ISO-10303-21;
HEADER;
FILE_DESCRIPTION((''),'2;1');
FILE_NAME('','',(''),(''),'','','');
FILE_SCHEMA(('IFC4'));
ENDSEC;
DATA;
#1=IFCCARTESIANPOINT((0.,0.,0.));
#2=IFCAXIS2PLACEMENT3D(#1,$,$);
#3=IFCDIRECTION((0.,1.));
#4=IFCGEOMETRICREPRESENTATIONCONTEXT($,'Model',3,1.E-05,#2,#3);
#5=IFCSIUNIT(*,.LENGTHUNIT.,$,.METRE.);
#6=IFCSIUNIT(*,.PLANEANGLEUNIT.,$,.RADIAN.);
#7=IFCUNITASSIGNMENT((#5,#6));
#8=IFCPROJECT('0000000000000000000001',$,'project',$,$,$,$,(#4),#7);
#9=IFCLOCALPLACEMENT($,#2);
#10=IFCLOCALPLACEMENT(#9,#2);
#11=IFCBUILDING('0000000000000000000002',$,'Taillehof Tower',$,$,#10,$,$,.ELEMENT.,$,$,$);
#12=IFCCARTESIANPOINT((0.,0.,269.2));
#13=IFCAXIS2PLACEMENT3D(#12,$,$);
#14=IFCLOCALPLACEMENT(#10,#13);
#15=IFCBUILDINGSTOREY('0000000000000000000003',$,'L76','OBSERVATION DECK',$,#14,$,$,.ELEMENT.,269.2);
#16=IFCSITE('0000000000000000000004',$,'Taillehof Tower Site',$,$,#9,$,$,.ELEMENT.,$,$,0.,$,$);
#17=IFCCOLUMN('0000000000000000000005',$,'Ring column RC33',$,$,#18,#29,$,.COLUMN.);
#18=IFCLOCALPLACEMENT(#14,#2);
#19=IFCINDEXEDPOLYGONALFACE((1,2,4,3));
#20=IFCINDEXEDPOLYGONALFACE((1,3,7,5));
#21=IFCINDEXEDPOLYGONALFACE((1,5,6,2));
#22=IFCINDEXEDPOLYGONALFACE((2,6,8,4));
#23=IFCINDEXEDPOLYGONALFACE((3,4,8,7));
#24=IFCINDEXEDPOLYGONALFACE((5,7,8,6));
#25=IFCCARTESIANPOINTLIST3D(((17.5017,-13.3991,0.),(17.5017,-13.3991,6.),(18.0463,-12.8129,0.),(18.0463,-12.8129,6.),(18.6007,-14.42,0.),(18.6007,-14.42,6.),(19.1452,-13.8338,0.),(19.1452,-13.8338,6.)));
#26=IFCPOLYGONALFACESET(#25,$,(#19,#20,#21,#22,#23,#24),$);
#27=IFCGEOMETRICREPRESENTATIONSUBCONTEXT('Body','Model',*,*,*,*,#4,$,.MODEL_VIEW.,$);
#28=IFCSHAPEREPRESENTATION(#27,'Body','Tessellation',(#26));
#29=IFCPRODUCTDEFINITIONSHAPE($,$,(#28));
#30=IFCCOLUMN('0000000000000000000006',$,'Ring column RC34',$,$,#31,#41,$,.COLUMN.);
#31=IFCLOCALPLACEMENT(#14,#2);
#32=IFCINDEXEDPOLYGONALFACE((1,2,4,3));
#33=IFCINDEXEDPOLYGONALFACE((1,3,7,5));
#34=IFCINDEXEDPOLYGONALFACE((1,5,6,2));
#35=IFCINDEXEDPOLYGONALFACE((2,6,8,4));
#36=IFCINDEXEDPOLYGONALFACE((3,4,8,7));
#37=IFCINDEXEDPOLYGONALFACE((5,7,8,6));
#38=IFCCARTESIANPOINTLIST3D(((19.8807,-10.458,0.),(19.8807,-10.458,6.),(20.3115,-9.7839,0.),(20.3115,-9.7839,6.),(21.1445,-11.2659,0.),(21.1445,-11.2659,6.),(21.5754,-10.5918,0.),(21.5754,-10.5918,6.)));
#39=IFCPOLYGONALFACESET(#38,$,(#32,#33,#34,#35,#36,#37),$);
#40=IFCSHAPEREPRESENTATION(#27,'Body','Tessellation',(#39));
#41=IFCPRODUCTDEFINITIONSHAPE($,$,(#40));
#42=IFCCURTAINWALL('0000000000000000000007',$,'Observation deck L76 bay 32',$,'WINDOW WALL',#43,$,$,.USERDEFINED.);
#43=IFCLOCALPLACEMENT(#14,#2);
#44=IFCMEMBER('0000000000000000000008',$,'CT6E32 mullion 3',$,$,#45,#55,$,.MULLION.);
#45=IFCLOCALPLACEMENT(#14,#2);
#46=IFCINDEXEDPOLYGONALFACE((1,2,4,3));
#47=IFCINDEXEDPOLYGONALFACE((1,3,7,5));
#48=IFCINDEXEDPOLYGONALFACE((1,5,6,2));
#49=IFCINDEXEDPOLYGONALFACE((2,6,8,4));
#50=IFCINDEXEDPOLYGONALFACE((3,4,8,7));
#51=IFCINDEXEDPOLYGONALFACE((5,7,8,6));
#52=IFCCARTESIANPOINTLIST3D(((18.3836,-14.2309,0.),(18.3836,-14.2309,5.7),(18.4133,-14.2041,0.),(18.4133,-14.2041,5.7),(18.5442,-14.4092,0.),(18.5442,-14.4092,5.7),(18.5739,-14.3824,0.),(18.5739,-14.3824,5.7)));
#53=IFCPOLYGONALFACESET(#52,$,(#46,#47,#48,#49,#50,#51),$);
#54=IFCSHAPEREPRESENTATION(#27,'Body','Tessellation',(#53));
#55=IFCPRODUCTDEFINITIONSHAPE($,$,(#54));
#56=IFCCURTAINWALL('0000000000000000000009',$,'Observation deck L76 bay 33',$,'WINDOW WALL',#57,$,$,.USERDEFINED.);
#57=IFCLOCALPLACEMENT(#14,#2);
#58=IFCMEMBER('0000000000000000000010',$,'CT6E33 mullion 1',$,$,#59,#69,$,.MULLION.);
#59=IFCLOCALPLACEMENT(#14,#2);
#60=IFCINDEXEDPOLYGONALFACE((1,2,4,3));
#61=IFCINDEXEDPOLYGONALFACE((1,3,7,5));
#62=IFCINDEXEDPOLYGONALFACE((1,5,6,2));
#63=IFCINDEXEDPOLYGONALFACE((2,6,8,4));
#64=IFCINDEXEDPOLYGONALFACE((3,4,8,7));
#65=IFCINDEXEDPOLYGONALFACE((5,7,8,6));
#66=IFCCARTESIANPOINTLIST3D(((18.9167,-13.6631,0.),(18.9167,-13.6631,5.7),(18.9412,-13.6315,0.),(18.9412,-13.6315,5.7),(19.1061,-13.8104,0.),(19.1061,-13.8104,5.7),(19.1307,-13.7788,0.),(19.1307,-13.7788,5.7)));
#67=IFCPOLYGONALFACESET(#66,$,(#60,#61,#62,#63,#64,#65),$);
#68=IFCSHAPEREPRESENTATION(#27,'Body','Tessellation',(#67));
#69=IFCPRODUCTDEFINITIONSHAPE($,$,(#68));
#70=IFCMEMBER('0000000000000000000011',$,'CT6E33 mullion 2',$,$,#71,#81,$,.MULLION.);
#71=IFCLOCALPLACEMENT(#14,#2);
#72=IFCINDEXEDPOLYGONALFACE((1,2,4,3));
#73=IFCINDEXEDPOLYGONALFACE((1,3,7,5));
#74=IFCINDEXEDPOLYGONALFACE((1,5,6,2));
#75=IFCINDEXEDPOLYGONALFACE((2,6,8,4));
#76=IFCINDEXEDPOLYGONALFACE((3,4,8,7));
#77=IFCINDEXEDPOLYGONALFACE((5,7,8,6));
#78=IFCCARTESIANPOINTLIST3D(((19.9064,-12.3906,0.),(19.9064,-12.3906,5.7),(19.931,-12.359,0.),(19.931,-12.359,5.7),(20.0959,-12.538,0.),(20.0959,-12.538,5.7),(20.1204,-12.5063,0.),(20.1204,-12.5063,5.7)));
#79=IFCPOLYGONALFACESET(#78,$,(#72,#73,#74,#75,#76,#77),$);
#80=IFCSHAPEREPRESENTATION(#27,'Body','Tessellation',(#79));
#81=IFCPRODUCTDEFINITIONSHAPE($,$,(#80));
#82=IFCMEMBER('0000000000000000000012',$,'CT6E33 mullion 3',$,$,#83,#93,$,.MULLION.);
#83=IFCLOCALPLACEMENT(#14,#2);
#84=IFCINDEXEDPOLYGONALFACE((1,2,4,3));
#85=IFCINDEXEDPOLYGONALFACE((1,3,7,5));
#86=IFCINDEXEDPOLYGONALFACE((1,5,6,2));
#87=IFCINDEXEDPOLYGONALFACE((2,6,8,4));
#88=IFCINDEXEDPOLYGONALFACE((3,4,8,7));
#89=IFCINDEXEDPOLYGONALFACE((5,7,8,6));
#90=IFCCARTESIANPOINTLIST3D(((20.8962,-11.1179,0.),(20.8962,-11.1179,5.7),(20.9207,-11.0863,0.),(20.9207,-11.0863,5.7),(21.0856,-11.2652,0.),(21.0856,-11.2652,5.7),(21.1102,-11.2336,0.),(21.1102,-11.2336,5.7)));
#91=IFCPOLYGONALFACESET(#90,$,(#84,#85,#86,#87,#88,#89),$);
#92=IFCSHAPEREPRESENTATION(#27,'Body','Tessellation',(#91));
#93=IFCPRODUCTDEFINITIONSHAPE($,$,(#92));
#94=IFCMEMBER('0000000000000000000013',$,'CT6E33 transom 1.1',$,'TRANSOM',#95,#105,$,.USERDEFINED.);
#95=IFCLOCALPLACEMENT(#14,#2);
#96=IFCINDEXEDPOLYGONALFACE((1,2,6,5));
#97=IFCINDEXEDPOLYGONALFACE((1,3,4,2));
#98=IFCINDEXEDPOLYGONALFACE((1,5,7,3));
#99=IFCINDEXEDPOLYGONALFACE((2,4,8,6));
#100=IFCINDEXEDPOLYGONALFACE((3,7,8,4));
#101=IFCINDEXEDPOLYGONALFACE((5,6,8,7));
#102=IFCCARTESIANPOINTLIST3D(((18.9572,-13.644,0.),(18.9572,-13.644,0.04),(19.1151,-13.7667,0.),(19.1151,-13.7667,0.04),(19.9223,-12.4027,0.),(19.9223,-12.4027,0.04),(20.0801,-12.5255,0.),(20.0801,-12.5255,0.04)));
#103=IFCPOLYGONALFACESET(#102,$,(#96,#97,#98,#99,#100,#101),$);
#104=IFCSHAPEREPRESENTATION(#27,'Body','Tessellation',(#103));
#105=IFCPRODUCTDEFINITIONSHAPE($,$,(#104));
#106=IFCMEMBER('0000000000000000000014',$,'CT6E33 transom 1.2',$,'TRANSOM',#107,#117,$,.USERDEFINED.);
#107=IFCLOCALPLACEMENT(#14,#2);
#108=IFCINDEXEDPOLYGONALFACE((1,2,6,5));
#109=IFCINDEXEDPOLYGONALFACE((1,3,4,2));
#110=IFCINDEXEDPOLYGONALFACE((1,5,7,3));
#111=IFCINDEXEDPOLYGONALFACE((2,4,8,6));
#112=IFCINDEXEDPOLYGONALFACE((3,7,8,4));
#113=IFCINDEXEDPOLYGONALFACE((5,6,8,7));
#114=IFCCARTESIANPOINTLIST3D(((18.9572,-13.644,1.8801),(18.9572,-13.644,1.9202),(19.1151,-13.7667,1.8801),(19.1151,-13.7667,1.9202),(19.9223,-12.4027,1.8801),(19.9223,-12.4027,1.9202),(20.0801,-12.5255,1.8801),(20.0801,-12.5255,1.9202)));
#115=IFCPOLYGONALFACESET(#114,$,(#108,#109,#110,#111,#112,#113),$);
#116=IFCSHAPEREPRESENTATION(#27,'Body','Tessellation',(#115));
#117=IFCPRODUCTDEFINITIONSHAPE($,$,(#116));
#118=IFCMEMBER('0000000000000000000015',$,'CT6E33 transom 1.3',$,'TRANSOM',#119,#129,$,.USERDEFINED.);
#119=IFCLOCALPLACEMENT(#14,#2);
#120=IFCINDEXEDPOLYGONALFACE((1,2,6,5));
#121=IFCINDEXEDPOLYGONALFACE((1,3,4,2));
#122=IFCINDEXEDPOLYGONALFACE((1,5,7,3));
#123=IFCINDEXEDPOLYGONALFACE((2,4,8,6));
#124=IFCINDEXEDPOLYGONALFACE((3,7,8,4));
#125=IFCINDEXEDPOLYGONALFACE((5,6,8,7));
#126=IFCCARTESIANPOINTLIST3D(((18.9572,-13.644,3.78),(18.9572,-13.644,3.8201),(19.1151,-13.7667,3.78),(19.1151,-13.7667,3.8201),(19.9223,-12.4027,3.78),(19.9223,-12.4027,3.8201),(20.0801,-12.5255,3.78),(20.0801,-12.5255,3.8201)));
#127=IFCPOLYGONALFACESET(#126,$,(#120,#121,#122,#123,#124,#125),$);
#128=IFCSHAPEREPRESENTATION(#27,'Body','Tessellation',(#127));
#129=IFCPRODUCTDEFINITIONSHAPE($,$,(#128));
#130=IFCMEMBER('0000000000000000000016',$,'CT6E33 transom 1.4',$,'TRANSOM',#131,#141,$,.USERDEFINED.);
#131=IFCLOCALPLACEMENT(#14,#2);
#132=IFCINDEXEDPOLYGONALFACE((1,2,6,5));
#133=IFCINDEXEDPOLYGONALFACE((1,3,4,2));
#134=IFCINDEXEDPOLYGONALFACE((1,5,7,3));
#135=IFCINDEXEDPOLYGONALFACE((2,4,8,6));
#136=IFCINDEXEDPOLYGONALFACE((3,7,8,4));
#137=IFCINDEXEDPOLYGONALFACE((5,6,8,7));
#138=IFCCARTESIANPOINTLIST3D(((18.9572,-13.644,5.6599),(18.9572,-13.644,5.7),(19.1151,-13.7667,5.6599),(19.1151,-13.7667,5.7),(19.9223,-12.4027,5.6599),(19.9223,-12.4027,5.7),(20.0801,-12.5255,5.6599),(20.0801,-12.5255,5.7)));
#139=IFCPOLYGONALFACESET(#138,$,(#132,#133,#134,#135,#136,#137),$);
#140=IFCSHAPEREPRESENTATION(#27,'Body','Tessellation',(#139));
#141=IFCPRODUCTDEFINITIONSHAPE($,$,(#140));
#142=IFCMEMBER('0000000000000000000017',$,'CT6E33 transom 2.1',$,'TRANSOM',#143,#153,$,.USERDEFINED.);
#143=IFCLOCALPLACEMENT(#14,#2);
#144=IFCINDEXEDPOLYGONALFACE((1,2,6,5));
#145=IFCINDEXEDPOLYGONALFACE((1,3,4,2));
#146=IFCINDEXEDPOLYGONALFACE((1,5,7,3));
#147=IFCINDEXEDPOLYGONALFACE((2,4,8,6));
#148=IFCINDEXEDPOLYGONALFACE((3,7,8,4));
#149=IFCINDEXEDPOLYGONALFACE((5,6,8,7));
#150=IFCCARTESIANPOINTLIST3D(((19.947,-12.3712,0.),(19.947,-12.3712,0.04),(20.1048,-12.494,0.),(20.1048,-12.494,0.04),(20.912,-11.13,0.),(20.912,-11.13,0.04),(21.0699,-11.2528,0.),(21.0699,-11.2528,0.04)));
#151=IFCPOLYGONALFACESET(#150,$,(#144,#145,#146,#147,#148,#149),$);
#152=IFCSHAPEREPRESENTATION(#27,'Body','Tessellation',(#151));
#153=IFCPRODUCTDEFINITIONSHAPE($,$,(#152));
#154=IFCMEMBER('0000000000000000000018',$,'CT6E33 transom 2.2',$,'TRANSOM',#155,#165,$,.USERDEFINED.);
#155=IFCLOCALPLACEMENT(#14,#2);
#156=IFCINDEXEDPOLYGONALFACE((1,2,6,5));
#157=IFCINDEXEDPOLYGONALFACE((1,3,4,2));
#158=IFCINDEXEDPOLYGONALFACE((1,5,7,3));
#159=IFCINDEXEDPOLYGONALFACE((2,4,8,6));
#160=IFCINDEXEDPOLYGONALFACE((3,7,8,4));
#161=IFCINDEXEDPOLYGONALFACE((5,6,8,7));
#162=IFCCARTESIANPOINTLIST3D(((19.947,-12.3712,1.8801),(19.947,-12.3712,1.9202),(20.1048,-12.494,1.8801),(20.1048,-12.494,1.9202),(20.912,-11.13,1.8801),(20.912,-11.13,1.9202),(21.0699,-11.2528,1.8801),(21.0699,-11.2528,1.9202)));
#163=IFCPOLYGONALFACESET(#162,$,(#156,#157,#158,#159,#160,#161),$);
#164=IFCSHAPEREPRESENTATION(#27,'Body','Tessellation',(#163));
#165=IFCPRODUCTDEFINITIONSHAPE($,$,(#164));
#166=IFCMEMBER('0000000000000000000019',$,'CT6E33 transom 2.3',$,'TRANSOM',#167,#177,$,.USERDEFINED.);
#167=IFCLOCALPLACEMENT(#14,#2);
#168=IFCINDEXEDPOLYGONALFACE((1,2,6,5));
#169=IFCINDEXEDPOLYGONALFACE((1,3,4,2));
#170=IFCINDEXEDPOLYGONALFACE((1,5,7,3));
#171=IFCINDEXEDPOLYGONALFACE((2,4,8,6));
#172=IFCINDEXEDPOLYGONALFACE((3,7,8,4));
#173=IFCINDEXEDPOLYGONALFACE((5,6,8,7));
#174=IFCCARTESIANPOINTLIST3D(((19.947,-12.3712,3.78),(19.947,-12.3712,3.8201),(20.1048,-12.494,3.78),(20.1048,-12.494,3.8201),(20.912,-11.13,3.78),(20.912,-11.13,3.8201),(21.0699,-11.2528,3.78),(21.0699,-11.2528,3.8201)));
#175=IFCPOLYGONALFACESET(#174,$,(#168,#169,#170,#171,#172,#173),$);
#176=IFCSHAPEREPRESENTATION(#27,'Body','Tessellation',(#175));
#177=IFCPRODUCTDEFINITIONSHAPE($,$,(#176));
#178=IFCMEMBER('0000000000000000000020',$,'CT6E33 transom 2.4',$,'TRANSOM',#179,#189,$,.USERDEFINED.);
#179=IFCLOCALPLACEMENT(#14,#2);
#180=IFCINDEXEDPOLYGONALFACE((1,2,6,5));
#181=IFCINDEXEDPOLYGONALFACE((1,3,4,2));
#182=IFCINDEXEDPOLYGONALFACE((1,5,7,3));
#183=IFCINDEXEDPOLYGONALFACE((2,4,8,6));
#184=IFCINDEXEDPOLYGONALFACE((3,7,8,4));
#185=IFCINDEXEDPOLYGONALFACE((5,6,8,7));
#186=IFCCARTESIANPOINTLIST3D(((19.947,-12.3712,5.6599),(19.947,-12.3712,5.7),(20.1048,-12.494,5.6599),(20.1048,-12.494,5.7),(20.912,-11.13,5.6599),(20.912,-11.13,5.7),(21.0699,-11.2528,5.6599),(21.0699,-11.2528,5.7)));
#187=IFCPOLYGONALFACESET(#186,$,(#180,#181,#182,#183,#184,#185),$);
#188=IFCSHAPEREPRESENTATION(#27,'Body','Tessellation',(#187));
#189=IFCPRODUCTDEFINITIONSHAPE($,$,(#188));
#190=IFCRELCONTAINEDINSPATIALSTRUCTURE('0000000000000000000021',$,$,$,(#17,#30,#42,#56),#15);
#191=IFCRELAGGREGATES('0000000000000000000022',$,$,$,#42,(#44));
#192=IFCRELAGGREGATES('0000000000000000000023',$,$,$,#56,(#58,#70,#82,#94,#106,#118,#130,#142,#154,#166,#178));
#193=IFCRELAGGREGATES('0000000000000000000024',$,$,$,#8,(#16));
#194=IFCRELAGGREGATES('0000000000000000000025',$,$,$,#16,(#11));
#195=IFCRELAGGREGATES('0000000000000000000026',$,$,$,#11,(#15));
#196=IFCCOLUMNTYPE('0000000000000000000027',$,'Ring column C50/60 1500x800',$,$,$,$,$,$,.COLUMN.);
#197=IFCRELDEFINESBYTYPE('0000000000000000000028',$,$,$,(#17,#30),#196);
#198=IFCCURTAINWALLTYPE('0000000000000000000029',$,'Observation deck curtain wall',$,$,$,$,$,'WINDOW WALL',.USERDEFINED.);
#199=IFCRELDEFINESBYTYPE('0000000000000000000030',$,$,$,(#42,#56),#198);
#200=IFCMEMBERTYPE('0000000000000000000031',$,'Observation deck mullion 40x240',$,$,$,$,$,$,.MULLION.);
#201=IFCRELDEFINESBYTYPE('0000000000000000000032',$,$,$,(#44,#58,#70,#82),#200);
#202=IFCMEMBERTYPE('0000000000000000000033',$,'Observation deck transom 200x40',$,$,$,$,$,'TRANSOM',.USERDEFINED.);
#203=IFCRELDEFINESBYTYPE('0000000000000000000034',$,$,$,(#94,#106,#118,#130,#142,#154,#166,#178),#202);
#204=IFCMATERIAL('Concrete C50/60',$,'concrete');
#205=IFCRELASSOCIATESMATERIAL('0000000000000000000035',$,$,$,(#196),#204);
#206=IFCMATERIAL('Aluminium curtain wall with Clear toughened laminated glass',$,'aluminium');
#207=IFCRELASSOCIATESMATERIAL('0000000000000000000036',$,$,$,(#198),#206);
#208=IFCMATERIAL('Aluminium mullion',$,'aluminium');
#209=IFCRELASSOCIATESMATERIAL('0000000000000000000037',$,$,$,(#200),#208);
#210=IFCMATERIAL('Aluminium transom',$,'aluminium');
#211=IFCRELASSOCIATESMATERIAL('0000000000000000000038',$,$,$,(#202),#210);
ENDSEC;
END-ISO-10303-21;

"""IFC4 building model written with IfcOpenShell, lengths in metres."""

from ifc_helpers import new_model, si_unit, direction, frame, origin, origin_2d, place, context, subcontext, project, spatial, rectangle, extrude, material, material_profile, profile_set, type_object, element, aggregate, save


model = new_model("IFC4")

# Units and contexts
model_context = context("Model", 3, precision=1e-05, world=origin(), true_north=direction((0.0, 1.0)))
body_context = subcontext(model_context, "Body", "Model", "MODEL_VIEW")
ifc_project = project(units=[si_unit("LENGTHUNIT", "METRE"), si_unit("PLANEANGLEUNIT", "RADIAN")], contexts=[model_context])

# Site, building, storey
site_placement = place(None, origin())
site = spatial("IfcSite", under=ifc_project, at=site_placement, Name="Taillehof Tower Site", CompositionType="ELEMENT", RefElevation=0.0)
building_placement = place(site_placement, origin())
building = spatial("IfcBuilding", under=site, at=building_placement, Name="Taillehof Tower", CompositionType="ELEMENT")
storey_placement = place(building_placement, frame((0.0, 0.0, 269.2)))
storey = spatial("IfcBuildingStorey", under=building, at=storey_placement, Name="L76", Description="OBSERVATION DECK", CompositionType="ELEMENT", Elevation=269.2)

# Columns
ifc_material_1 = material(Name="Concrete C50/60", Category="concrete")
ifc_material_profile_1 = material_profile(ifc_material_1, rectangle(XDim=1.5, YDim=0.8, at=origin_2d()), Name="RC 1500x800")
ifc_profile_set_1 = profile_set([ifc_material_profile_1], Name="Concrete C50/60")
column_type = type_object("IfcColumnType", Name="Ring column C50/60 1500x800", PredefinedType="COLUMN", material=ifc_profile_set_1)
for number, where, z_axis, x_axis, name in (
    (1, (18.3235, -13.6165, 0.0), (0.0, 0.0, 1.0), (0.732636, -0.680621, 0.0), "Ring column RC33"),
    (2, (20.728, -10.5249, 0.0), (0.0, 0.0, 1.0), (0.842574, -0.538581, 0.0), "Ring column RC34"),
):
    element("IfcColumn", number, at=place(storey_placement, frame(where, z_axis=z_axis, x_axis=x_axis)), inside=storey, type_object=column_type, Name=name, PredefinedType="COLUMN", context=body_context, shape_type="SweptSolid", body=[
        extrude(rectangle(XDim=1.5, YDim=0.8, at=origin_2d()), origin(), (0.0, 0.0, 1.0), 6.0),
    ])

# Curtain wall, member
ifc_material_2 = material(Name="Aluminium curtain wall with Clear toughened laminated glass", Category="aluminium")
curtain_wall_type = type_object("IfcCurtainWallType", Name="Observation deck curtain wall", ElementType="WINDOW WALL", PredefinedType="USERDEFINED", material=ifc_material_2)
curtain_wall_1_placement = place(storey_placement, origin())
curtain_wall_1 = element("IfcCurtainWall", 3, at=curtain_wall_1_placement, inside=storey, type_object=curtain_wall_type, Name="Observation deck L76 bay 32", ObjectType="WINDOW WALL", PredefinedType="USERDEFINED")
ifc_material_3 = material(Name="Aluminium mullion", Category="aluminium")
ifc_material_profile_2 = material_profile(ifc_material_3, rectangle(XDim=0.24, YDim=0.04, at=origin_2d()), Name="AL 40x240")
ifc_profile_set_2 = profile_set([ifc_material_profile_2], Name="Aluminium mullion")
member_type_1 = type_object("IfcMemberType", Name="Observation deck mullion 40x240", PredefinedType="MULLION", material=ifc_profile_set_2)
member_1_placement = place(storey_placement, frame((18.4788, -14.3066, 0.0), z_axis=(0.0, 0.0, 1.0), x_axis=(-0.669107, 0.743166, 0.0)))
member_1 = element("IfcMember", 4, at=member_1_placement, type_object=member_type_1, Name="CT6E32 mullion 3", PredefinedType="MULLION", context=body_context, shape_type="SweptSolid", body=[
    extrude(rectangle(XDim=0.24, YDim=0.04, at=origin_2d()), origin(), (0.0, 0.0, 1.0), 5.7),
])

# Curtain wall, members
curtain_wall_2_placement = place(storey_placement, origin())
curtain_wall_2 = element("IfcCurtainWall", 5, at=curtain_wall_2_placement, inside=storey, type_object=curtain_wall_type, Name="Observation deck L76 bay 33", ObjectType="WINDOW WALL", PredefinedType="USERDEFINED")
member_2_placement = place(storey_placement, frame((19.0237, -13.7209, 0.0), z_axis=(0.0, 0.0, 1.0), x_axis=(-0.789382, 0.613903, 0.0)))
member_2 = element("IfcMember", 6, at=member_2_placement, type_object=member_type_1, Name="CT6E33 mullion 1", PredefinedType="MULLION", context=body_context, shape_type="SweptSolid", body=[
    extrude(rectangle(XDim=0.24, YDim=0.04, at=origin_2d()), origin(), (0.0, 0.0, 1.0), 5.7),
])
member_3_placement = place(storey_placement, frame((20.0134, -12.4485, 0.0), z_axis=(0.0, 0.0, 1.0), x_axis=(-0.789382, 0.613903, 0.0)))
member_3 = element("IfcMember", 7, at=member_3_placement, type_object=member_type_1, Name="CT6E33 mullion 2", PredefinedType="MULLION", context=body_context, shape_type="SweptSolid", body=[
    extrude(rectangle(XDim=0.24, YDim=0.04, at=origin_2d()), origin(), (0.0, 0.0, 1.0), 5.7),
])
member_4_placement = place(storey_placement, frame((21.0032, -11.1758, 0.0), z_axis=(0.0, 0.0, 1.0), x_axis=(-0.789382, 0.613903, 0.0)))
member_4 = element("IfcMember", 8, at=member_4_placement, type_object=member_type_1, Name="CT6E33 mullion 3", PredefinedType="MULLION", context=body_context, shape_type="SweptSolid", body=[
    extrude(rectangle(XDim=0.24, YDim=0.04, at=origin_2d()), origin(), (0.0, 0.0, 1.0), 5.7),
])
ifc_material_4 = material(Name="Aluminium transom", Category="aluminium")
ifc_material_profile_3 = material_profile(ifc_material_4, rectangle(XDim=0.2, YDim=0.04, at=origin_2d()), Name="AL 200x40")
ifc_profile_set_3 = profile_set([ifc_material_profile_3], Name="Aluminium transom")
member_type_2 = type_object("IfcMemberType", Name="Observation deck transom 200x40", ElementType="TRANSOM", PredefinedType="USERDEFINED", material=ifc_profile_set_3)
member_5_placement = place(storey_placement, frame((19.0361, -13.7053, 0.02), z_axis=(0.613822, 0.789444, 0.0), x_axis=(-0.789444, 0.613822, 0.0)))
member_5 = element("IfcMember", 9, at=member_5_placement, type_object=member_type_2, Name="CT6E33 transom 1.1", ObjectType="TRANSOM", PredefinedType="USERDEFINED", context=body_context, shape_type="SweptSolid", body=[
    extrude(rectangle(XDim=0.2, YDim=0.04, at=origin_2d()), origin(), (0.0, 0.0, 1.0), 1.5723),
])
member_6_placement = place(storey_placement, frame((19.0361, -13.7053, 1.9001), z_axis=(0.613822, 0.789444, 0.0), x_axis=(-0.789444, 0.613822, 0.0)))
member_6 = element("IfcMember", 10, at=member_6_placement, type_object=member_type_2, Name="CT6E33 transom 1.2", ObjectType="TRANSOM", PredefinedType="USERDEFINED", context=body_context, shape_type="SweptSolid", body=[
    extrude(rectangle(XDim=0.2, YDim=0.04, at=origin_2d()), origin(), (0.0, 0.0, 1.0), 1.5723),
])
member_7_placement = place(storey_placement, frame((19.0361, -13.7053, 3.8), z_axis=(0.613822, 0.789444, 0.0), x_axis=(-0.789444, 0.613822, 0.0)))
member_7 = element("IfcMember", 11, at=member_7_placement, type_object=member_type_2, Name="CT6E33 transom 1.3", ObjectType="TRANSOM", PredefinedType="USERDEFINED", context=body_context, shape_type="SweptSolid", body=[
    extrude(rectangle(XDim=0.2, YDim=0.04, at=origin_2d()), origin(), (0.0, 0.0, 1.0), 1.5723),
])
member_8_placement = place(storey_placement, frame((19.0361, -13.7053, 5.6799), z_axis=(0.613822, 0.789444, 0.0), x_axis=(-0.789444, 0.613822, 0.0)))
member_8 = element("IfcMember", 12, at=member_8_placement, type_object=member_type_2, Name="CT6E33 transom 1.4", ObjectType="TRANSOM", PredefinedType="USERDEFINED", context=body_context, shape_type="SweptSolid", body=[
    extrude(rectangle(XDim=0.2, YDim=0.04, at=origin_2d()), origin(), (0.0, 0.0, 1.0), 1.5723),
])
member_9_placement = place(storey_placement, frame((20.0259, -12.4326, 0.02), z_axis=(0.613822, 0.789444, 0.0), x_axis=(-0.789444, 0.613822, 0.0)))
member_9 = element("IfcMember", 13, at=member_9_placement, type_object=member_type_2, Name="CT6E33 transom 2.1", ObjectType="TRANSOM", PredefinedType="USERDEFINED", context=body_context, shape_type="SweptSolid", body=[
    extrude(rectangle(XDim=0.2, YDim=0.04, at=origin_2d()), origin(), (0.0, 0.0, 1.0), 1.5723),
])
member_10_placement = place(storey_placement, frame((20.0259, -12.4326, 1.9001), z_axis=(0.613822, 0.789444, 0.0), x_axis=(-0.789444, 0.613822, 0.0)))
member_10 = element("IfcMember", 14, at=member_10_placement, type_object=member_type_2, Name="CT6E33 transom 2.2", ObjectType="TRANSOM", PredefinedType="USERDEFINED", context=body_context, shape_type="SweptSolid", body=[
    extrude(rectangle(XDim=0.2, YDim=0.04, at=origin_2d()), origin(), (0.0, 0.0, 1.0), 1.5723),
])
member_11_placement = place(storey_placement, frame((20.0259, -12.4326, 3.8), z_axis=(0.613822, 0.789444, 0.0), x_axis=(-0.789444, 0.613822, 0.0)))
member_11 = element("IfcMember", 15, at=member_11_placement, type_object=member_type_2, Name="CT6E33 transom 2.3", ObjectType="TRANSOM", PredefinedType="USERDEFINED", context=body_context, shape_type="SweptSolid", body=[
    extrude(rectangle(XDim=0.2, YDim=0.04, at=origin_2d()), origin(), (0.0, 0.0, 1.0), 1.5723),
])
member_12_placement = place(storey_placement, frame((20.0259, -12.4326, 5.6799), z_axis=(0.613822, 0.789444, 0.0), x_axis=(-0.789444, 0.613822, 0.0)))
member_12 = element("IfcMember", 16, at=member_12_placement, type_object=member_type_2, Name="CT6E33 transom 2.4", ObjectType="TRANSOM", PredefinedType="USERDEFINED", context=body_context, shape_type="SweptSolid", body=[
    extrude(rectangle(XDim=0.2, YDim=0.04, at=origin_2d()), origin(), (0.0, 0.0, 1.0), 1.5723),
])

aggregate(curtain_wall_1, [member_1])
aggregate(curtain_wall_2, [member_2, member_3, member_4, member_5, member_6, member_7, member_8, member_9, member_10, member_11, member_12])

save(model, "model.ifc")
